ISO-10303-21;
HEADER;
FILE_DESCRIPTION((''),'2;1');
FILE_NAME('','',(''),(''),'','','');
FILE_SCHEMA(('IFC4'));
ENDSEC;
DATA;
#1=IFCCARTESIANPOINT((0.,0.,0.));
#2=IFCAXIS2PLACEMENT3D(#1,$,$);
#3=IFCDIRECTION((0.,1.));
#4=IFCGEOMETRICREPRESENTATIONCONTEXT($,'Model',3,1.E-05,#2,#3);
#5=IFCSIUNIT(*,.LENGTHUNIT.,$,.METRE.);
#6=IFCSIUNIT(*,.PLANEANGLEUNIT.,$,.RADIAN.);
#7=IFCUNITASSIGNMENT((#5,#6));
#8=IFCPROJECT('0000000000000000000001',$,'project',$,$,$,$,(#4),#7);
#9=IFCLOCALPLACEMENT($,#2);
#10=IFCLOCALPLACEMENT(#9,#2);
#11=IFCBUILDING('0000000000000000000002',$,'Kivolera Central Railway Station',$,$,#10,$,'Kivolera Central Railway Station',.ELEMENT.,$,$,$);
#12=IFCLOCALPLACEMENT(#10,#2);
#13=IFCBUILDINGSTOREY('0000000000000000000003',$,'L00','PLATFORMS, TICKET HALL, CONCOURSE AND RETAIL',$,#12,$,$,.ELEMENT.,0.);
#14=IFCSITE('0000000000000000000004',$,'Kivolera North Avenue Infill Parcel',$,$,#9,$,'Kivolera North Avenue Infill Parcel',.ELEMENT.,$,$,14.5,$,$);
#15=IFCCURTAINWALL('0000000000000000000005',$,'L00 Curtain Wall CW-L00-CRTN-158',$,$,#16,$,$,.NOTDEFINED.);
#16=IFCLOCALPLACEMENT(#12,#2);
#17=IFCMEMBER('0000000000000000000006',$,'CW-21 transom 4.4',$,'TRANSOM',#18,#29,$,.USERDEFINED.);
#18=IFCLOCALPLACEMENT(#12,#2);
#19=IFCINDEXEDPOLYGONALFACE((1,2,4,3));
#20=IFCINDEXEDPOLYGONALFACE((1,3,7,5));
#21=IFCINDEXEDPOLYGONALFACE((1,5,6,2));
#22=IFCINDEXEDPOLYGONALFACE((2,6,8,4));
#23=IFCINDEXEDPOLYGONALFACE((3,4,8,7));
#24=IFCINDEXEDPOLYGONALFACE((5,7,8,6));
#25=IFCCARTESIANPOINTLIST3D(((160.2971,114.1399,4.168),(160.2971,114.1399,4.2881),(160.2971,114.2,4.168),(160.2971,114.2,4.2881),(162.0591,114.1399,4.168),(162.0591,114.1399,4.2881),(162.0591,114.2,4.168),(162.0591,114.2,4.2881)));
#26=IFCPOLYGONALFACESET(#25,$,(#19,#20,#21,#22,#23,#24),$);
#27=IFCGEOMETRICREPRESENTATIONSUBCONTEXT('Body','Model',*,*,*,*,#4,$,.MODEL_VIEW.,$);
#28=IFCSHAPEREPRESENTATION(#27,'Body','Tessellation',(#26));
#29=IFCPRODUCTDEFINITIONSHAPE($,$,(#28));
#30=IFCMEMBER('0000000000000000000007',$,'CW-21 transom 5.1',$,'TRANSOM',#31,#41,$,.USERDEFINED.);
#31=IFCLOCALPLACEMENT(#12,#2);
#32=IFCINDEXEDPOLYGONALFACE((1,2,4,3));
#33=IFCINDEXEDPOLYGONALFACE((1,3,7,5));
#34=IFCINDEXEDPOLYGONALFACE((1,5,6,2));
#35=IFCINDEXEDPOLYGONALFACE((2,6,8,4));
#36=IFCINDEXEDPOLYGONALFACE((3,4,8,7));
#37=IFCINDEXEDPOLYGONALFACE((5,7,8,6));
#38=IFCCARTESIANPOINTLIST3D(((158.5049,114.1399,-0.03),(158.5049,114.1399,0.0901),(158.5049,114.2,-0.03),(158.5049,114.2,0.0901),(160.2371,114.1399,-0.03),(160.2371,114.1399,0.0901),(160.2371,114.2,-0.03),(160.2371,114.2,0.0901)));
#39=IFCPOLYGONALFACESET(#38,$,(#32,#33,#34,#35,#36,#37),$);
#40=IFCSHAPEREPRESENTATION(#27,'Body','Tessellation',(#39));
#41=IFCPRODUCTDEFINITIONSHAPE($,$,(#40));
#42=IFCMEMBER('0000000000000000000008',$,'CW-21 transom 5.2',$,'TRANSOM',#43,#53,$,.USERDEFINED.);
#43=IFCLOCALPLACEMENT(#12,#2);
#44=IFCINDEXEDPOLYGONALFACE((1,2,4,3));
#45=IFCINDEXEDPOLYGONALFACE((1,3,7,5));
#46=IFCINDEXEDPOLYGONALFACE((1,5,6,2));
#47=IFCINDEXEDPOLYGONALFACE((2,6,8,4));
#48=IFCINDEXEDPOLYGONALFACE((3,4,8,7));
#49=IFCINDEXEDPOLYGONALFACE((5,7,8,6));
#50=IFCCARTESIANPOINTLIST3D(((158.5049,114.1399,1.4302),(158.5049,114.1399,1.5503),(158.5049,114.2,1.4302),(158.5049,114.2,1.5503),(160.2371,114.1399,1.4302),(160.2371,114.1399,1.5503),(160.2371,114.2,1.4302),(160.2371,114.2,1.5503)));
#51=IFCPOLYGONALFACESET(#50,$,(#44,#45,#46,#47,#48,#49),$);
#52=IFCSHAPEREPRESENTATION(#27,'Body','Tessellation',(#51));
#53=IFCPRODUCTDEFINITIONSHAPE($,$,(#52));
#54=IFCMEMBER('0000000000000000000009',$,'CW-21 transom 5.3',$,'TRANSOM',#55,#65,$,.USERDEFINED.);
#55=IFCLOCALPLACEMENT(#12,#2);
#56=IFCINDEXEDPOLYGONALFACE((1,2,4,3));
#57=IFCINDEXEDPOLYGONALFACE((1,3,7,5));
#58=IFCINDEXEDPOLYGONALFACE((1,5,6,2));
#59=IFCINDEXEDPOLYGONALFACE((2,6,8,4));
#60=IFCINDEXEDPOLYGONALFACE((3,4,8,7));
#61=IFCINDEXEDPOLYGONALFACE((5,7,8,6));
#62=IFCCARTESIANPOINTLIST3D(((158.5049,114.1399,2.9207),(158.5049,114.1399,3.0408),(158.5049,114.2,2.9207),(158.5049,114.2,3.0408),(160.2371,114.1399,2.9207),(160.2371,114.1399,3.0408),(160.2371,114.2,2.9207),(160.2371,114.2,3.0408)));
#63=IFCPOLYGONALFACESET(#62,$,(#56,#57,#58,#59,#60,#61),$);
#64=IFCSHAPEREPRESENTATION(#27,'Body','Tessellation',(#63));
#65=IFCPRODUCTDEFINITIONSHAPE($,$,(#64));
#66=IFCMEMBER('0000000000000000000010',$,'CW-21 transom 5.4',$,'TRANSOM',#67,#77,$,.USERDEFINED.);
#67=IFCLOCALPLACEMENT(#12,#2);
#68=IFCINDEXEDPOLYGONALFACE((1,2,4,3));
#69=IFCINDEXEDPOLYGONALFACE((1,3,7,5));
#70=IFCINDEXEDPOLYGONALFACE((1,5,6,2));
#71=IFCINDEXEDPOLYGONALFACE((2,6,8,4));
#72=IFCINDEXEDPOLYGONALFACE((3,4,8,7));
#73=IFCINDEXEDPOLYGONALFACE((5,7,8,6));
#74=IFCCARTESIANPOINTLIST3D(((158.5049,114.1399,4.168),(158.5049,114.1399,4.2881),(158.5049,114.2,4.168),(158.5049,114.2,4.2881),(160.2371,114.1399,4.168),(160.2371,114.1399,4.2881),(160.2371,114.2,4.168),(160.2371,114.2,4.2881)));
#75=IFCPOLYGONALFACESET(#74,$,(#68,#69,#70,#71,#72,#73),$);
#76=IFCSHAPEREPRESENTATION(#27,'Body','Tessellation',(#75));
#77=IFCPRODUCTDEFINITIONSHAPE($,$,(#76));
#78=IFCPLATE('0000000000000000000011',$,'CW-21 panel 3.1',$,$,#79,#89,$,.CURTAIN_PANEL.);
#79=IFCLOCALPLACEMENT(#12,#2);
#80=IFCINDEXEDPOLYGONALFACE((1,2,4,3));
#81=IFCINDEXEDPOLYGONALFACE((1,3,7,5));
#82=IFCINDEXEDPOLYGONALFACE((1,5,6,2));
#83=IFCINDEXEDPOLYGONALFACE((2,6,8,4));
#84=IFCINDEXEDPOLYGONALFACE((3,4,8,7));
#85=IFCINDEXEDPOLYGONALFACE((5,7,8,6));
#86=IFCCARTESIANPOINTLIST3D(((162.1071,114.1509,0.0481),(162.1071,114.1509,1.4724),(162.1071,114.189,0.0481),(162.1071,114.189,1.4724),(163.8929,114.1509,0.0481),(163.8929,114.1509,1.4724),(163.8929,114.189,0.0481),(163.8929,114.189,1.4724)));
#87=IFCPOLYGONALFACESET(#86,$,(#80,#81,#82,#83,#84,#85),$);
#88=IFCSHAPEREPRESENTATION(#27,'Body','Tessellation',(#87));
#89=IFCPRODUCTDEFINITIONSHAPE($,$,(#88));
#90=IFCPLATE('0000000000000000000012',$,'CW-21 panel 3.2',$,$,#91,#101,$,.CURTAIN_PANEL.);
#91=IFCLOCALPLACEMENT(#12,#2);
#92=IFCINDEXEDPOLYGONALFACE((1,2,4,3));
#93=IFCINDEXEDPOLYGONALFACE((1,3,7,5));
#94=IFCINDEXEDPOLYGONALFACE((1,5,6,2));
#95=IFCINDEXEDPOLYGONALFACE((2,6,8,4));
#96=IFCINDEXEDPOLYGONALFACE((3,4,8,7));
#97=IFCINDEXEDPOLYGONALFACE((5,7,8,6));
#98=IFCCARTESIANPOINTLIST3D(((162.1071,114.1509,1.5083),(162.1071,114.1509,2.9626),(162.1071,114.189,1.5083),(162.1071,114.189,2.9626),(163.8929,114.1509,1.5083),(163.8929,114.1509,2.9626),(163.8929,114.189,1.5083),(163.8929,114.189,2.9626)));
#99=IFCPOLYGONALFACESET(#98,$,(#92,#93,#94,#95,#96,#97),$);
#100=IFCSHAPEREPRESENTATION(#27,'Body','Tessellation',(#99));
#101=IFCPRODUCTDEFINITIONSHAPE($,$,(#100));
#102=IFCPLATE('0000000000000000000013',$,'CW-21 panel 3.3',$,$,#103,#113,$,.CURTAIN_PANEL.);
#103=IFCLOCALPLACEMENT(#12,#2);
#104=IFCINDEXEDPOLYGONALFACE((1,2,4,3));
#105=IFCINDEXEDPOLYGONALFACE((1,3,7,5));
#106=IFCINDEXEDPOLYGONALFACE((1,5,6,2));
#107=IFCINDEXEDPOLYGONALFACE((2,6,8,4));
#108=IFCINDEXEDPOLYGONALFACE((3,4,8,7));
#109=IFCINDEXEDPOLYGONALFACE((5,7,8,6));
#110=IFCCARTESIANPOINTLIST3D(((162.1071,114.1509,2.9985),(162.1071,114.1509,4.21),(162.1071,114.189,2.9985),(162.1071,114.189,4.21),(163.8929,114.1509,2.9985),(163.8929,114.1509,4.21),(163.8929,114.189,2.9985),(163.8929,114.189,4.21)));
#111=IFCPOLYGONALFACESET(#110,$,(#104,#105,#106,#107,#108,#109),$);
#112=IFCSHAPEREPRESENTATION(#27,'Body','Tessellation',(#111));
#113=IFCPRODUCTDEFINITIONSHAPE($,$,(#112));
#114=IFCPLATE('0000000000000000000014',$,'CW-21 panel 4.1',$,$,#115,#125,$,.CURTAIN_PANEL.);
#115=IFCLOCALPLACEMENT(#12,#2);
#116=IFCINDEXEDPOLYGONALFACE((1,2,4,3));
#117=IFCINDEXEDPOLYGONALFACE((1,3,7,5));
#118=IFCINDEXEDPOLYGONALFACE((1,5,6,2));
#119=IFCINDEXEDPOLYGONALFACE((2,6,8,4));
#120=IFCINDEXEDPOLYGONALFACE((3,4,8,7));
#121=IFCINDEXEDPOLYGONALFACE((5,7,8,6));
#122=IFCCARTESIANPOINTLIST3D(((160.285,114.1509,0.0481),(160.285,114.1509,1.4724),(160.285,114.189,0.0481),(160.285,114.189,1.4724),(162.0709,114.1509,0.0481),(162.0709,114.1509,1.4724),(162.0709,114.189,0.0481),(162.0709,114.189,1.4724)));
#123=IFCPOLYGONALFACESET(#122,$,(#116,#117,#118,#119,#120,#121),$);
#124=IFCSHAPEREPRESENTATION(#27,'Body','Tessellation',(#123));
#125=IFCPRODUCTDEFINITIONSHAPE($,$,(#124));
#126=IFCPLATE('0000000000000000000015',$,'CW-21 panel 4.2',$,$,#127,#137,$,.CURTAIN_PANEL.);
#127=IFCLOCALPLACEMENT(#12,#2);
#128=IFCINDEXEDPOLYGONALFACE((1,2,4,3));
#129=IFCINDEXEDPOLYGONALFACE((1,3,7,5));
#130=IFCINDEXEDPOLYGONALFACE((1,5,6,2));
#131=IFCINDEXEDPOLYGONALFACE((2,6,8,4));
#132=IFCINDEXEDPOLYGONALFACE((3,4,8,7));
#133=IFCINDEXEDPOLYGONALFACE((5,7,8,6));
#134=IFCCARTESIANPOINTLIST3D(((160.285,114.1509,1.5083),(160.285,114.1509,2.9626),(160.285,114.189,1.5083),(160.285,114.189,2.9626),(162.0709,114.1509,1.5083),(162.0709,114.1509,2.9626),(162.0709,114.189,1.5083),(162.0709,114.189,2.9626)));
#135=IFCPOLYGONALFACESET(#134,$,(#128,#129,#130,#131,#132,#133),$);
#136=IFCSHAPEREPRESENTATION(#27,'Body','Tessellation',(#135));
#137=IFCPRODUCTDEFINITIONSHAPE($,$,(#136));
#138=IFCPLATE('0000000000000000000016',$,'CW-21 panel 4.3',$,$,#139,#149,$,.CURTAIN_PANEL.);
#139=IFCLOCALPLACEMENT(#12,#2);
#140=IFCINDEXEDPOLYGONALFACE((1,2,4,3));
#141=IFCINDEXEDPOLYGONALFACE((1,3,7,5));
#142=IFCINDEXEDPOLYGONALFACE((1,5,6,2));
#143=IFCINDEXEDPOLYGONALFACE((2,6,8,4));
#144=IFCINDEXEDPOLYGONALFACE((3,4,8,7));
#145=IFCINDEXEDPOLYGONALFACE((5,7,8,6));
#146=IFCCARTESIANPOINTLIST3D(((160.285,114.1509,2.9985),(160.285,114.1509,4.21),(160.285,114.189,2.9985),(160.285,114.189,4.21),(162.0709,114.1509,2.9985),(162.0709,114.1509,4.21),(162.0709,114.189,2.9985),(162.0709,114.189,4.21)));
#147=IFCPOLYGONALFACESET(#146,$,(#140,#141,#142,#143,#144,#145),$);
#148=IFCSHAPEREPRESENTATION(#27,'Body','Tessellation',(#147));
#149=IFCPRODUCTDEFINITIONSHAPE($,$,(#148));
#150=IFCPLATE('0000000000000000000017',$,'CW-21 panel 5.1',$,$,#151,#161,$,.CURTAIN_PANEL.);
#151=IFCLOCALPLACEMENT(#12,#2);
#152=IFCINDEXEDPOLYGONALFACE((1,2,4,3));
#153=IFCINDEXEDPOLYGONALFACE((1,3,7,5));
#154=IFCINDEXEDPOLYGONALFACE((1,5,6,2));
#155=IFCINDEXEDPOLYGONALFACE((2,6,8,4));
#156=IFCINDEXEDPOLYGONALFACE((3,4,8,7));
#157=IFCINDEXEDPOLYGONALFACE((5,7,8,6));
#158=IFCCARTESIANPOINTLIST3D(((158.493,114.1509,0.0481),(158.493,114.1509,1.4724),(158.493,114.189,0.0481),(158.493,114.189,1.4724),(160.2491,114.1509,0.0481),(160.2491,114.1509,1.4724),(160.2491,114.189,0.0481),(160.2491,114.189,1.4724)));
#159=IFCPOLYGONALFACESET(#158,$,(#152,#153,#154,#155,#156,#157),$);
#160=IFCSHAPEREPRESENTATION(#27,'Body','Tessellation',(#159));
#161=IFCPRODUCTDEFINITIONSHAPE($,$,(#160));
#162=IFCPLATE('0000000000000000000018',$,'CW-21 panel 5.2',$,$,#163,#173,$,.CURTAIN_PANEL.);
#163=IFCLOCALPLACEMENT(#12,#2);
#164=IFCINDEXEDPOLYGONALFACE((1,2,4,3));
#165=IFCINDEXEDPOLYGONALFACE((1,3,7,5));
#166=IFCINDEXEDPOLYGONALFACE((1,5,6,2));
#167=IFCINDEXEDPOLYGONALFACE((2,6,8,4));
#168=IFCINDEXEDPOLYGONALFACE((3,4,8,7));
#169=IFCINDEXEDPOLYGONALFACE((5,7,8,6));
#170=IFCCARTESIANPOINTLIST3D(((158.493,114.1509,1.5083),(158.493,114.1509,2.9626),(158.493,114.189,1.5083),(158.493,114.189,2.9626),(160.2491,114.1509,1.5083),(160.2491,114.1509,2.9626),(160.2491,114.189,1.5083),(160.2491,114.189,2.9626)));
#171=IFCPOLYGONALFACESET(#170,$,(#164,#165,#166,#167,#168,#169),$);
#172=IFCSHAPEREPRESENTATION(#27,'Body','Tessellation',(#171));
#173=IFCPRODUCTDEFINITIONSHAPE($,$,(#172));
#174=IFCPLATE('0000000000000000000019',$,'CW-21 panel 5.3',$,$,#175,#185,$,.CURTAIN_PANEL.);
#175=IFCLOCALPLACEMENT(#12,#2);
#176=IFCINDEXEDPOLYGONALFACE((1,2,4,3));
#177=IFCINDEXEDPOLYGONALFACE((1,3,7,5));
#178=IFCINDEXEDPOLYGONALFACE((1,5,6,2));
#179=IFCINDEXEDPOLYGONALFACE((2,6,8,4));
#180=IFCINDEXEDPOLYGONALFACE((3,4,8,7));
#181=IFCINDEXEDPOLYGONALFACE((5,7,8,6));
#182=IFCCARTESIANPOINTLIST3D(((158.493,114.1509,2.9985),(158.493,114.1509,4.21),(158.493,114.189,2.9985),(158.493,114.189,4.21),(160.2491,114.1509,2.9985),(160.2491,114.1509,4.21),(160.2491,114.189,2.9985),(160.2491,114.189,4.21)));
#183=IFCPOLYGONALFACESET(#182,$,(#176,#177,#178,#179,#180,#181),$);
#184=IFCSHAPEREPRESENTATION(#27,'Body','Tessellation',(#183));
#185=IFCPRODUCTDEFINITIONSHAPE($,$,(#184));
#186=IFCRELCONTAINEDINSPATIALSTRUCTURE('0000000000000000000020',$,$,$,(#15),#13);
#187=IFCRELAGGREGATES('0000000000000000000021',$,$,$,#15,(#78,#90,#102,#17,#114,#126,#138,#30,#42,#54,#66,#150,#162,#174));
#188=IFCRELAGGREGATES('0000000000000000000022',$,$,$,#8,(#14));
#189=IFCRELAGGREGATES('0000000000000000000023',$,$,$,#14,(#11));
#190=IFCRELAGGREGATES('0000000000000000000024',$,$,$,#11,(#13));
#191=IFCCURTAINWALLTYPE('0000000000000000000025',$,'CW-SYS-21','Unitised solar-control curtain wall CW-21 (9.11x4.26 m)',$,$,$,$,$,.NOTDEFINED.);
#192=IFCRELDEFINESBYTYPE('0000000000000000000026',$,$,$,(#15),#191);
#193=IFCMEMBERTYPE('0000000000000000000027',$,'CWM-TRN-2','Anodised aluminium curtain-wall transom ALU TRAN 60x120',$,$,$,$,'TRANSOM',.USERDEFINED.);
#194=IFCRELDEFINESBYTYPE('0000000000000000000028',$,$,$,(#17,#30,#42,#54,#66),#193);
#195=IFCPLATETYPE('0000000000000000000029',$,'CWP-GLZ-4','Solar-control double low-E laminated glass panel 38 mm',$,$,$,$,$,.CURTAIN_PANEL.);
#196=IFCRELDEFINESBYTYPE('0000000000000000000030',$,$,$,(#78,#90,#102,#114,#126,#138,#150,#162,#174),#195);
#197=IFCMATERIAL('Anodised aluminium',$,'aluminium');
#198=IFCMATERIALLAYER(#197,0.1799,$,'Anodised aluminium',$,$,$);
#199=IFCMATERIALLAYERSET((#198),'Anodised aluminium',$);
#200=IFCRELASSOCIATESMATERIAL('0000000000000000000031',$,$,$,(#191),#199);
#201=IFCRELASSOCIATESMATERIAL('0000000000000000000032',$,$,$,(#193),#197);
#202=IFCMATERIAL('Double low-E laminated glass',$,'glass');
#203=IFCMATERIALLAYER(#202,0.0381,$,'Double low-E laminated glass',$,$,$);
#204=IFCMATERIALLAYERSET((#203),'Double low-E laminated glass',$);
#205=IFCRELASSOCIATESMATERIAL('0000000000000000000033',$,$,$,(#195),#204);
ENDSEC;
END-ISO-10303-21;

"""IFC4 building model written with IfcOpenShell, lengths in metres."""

from ifc_helpers import new_model, si_unit, direction, frame, origin, origin_2d, place, context, subcontext, project, spatial, rectangle, extrude, material, layer, layer_set, material_profile, profile_set, type_object, element, aggregate, save


model = new_model("IFC4")

# Units and contexts
model_context = context("Model", 3, precision=1e-05, world=origin(), true_north=direction((0.0, 1.0)))
body_context = subcontext(model_context, "Body", "Model", "MODEL_VIEW")
ifc_project = project(units=[si_unit("LENGTHUNIT", "METRE"), si_unit("PLANEANGLEUNIT", "RADIAN")], contexts=[model_context])

# Site, building, storey
site_placement = place(None, origin())
site = spatial("IfcSite", under=ifc_project, at=site_placement, Name="Kivolera North Avenue Infill Parcel", LongName="Kivolera North Avenue Infill Parcel", CompositionType="ELEMENT", RefElevation=14.5)
building_placement = place(site_placement, origin())
building = spatial("IfcBuilding", under=site, at=building_placement, Name="Kivolera Central Railway Station", LongName="Kivolera Central Railway Station", CompositionType="ELEMENT")
storey_placement = place(building_placement, origin())
storey = spatial("IfcBuildingStorey", under=building, at=storey_placement, Name="L00", Description="PLATFORMS, TICKET HALL, CONCOURSE AND RETAIL", CompositionType="ELEMENT", Elevation=0.0)

# Curtain wall, members, plates
ifc_material_1 = material(Name="Anodised aluminium", Category="aluminium")
ifc_layer_1 = layer(ifc_material_1, 0.1799, Name="Anodised aluminium")
ifc_layer_set_1 = layer_set([ifc_layer_1], Name="Anodised aluminium")
curtain_wall_type = type_object("IfcCurtainWallType", Name="CW-SYS-21", Description="Unitised solar-control curtain wall CW-21 (9.11x4.26 m)", PredefinedType="NOTDEFINED", material=ifc_layer_set_1)
curtain_wall_placement = place(storey_placement, origin())
curtain_wall = element("IfcCurtainWall", 1, at=curtain_wall_placement, inside=storey, type_object=curtain_wall_type, Name="L00 Curtain Wall CW-L00-CRTN-158", PredefinedType="NOTDEFINED")
ifc_material_profile_1 = material_profile(ifc_material_1, rectangle(XDim=0.0601, YDim=0.1201, at=origin_2d()), Name="ALU TRAN 60x120")
ifc_profile_set_1 = profile_set([ifc_material_profile_1], Name="Anodised aluminium")
member_type_1 = type_object("IfcMemberType", Name="CWM-TRN-2", Description="Anodised aluminium curtain-wall transom ALU TRAN 60x120", ElementType="TRANSOM", PredefinedType="USERDEFINED", material=ifc_profile_set_1)
member_1_placement = place(storey_placement, frame((162.0591, 114.1699, 4.228), z_axis=(-1.0, 0.0, 0.0), x_axis=(0.0, -1.0, 0.0)))
member_1 = element("IfcMember", 2, at=member_1_placement, type_object=member_type_1, Name="CW-21 transom 4.4", ObjectType="TRANSOM", PredefinedType="USERDEFINED", context=body_context, shape_type="SweptSolid", body=[
    extrude(rectangle(XDim=0.0601, YDim=0.1201, at=origin_2d()), origin(), (0.0, 0.0, 1.0), 1.762),
])
member_2_placement = place(storey_placement, frame((160.2371, 114.1699, 0.03), z_axis=(-1.0, 0.0, 0.0), x_axis=(0.0, -1.0, 0.0)))
member_2 = element("IfcMember", 3, at=member_2_placement, type_object=member_type_1, Name="CW-21 transom 5.1", ObjectType="TRANSOM", PredefinedType="USERDEFINED", context=body_context, shape_type="SweptSolid", body=[
    extrude(rectangle(XDim=0.0601, YDim=0.1201, at=origin_2d()), origin(), (0.0, 0.0, 1.0), 1.7322),
])
member_3_placement = place(storey_placement, frame((160.2371, 114.1699, 1.4902), z_axis=(-1.0, 0.0, 0.0), x_axis=(0.0, -1.0, 0.0)))
member_3 = element("IfcMember", 4, at=member_3_placement, type_object=member_type_1, Name="CW-21 transom 5.2", ObjectType="TRANSOM", PredefinedType="USERDEFINED", context=body_context, shape_type="SweptSolid", body=[
    extrude(rectangle(XDim=0.0601, YDim=0.1201, at=origin_2d()), origin(), (0.0, 0.0, 1.0), 1.7322),
])
member_4_placement = place(storey_placement, frame((160.2371, 114.1699, 2.9807), z_axis=(-1.0, 0.0, 0.0), x_axis=(0.0, -1.0, 0.0)))
member_4 = element("IfcMember", 5, at=member_4_placement, type_object=member_type_1, Name="CW-21 transom 5.3", ObjectType="TRANSOM", PredefinedType="USERDEFINED", context=body_context, shape_type="SweptSolid", body=[
    extrude(rectangle(XDim=0.0601, YDim=0.1201, at=origin_2d()), origin(), (0.0, 0.0, 1.0), 1.7322),
])
member_5_placement = place(storey_placement, frame((160.2371, 114.1699, 4.228), z_axis=(-1.0, 0.0, 0.0), x_axis=(0.0, -1.0, 0.0)))
member_5 = element("IfcMember", 6, at=member_5_placement, type_object=member_type_1, Name="CW-21 transom 5.4", ObjectType="TRANSOM", PredefinedType="USERDEFINED", context=body_context, shape_type="SweptSolid", body=[
    extrude(rectangle(XDim=0.0601, YDim=0.1201, at=origin_2d()), origin(), (0.0, 0.0, 1.0), 1.7322),
])
ifc_material_2 = material(Name="Double low-E laminated glass", Category="glass")
ifc_layer_2 = layer(ifc_material_2, 0.0381, Name="Double low-E laminated glass")
ifc_layer_set_2 = layer_set([ifc_layer_2], Name="Double low-E laminated glass")
plate_type = type_object("IfcPlateType", Name="CWP-GLZ-4", Description="Solar-control double low-E laminated glass panel 38 mm", PredefinedType="CURTAIN_PANEL", material=ifc_layer_set_2)
plate_1_placement = place(storey_placement, frame((163.0, 114.1699, 0.0481), z_axis=(0.0, 0.0, 1.0), x_axis=(-1.0, 0.0, 0.0)))
plate_1 = element("IfcPlate", 7, at=plate_1_placement, type_object=plate_type, Name="CW-21 panel 3.1", PredefinedType="CURTAIN_PANEL", context=body_context, shape_type="SweptSolid", body=[
    extrude(rectangle(XDim=1.7859, YDim=0.0381, at=origin_2d()), origin(), (0.0, 0.0, 1.0), 1.4243),
])
plate_2_placement = place(storey_placement, frame((163.0, 114.1699, 1.5083), z_axis=(0.0, 0.0, 1.0), x_axis=(-1.0, 0.0, 0.0)))
plate_2 = element("IfcPlate", 8, at=plate_2_placement, type_object=plate_type, Name="CW-21 panel 3.2", PredefinedType="CURTAIN_PANEL", context=body_context, shape_type="SweptSolid", body=[
    extrude(rectangle(XDim=1.7859, YDim=0.0381, at=origin_2d()), origin(), (0.0, 0.0, 1.0), 1.4543),
])
plate_3_placement = place(storey_placement, frame((163.0, 114.1699, 2.9985), z_axis=(0.0, 0.0, 1.0), x_axis=(-1.0, 0.0, 0.0)))
plate_3 = element("IfcPlate", 9, at=plate_3_placement, type_object=plate_type, Name="CW-21 panel 3.3", PredefinedType="CURTAIN_PANEL", context=body_context, shape_type="SweptSolid", body=[
    extrude(rectangle(XDim=1.7859, YDim=0.0381, at=origin_2d()), origin(), (0.0, 0.0, 1.0), 1.2114),
])
plate_4_placement = place(storey_placement, frame((161.178, 114.1699, 0.0481), z_axis=(0.0, 0.0, 1.0), x_axis=(-1.0, 0.0, 0.0)))
plate_4 = element("IfcPlate", 10, at=plate_4_placement, type_object=plate_type, Name="CW-21 panel 4.1", PredefinedType="CURTAIN_PANEL", context=body_context, shape_type="SweptSolid", body=[
    extrude(rectangle(XDim=1.7859, YDim=0.0381, at=origin_2d()), origin(), (0.0, 0.0, 1.0), 1.4243),
])
plate_5_placement = place(storey_placement, frame((161.178, 114.1699, 1.5083), z_axis=(0.0, 0.0, 1.0), x_axis=(-1.0, 0.0, 0.0)))
plate_5 = element("IfcPlate", 11, at=plate_5_placement, type_object=plate_type, Name="CW-21 panel 4.2", PredefinedType="CURTAIN_PANEL", context=body_context, shape_type="SweptSolid", body=[
    extrude(rectangle(XDim=1.7859, YDim=0.0381, at=origin_2d()), origin(), (0.0, 0.0, 1.0), 1.4543),
])
plate_6_placement = place(storey_placement, frame((161.178, 114.1699, 2.9985), z_axis=(0.0, 0.0, 1.0), x_axis=(-1.0, 0.0, 0.0)))
plate_6 = element("IfcPlate", 12, at=plate_6_placement, type_object=plate_type, Name="CW-21 panel 4.3", PredefinedType="CURTAIN_PANEL", context=body_context, shape_type="SweptSolid", body=[
    extrude(rectangle(XDim=1.7859, YDim=0.0381, at=origin_2d()), origin(), (0.0, 0.0, 1.0), 1.2114),
])
plate_7_placement = place(storey_placement, frame((159.3711, 114.1699, 0.0481), z_axis=(0.0, 0.0, 1.0), x_axis=(-1.0, 0.0, 0.0)))
plate_7 = element("IfcPlate", 13, at=plate_7_placement, type_object=plate_type, Name="CW-21 panel 5.1", PredefinedType="CURTAIN_PANEL", context=body_context, shape_type="SweptSolid", body=[
    extrude(rectangle(XDim=1.7561, YDim=0.0381, at=origin_2d()), origin(), (0.0, 0.0, 1.0), 1.4243),
])
plate_8_placement = place(storey_placement, frame((159.3711, 114.1699, 1.5083), z_axis=(0.0, 0.0, 1.0), x_axis=(-1.0, 0.0, 0.0)))
plate_8 = element("IfcPlate", 14, at=plate_8_placement, type_object=plate_type, Name="CW-21 panel 5.2", PredefinedType="CURTAIN_PANEL", context=body_context, shape_type="SweptSolid", body=[
    extrude(rectangle(XDim=1.7561, YDim=0.0381, at=origin_2d()), origin(), (0.0, 0.0, 1.0), 1.4543),
])
plate_9_placement = place(storey_placement, frame((159.3711, 114.1699, 2.9985), z_axis=(0.0, 0.0, 1.0), x_axis=(-1.0, 0.0, 0.0)))
plate_9 = element("IfcPlate", 15, at=plate_9_placement, type_object=plate_type, Name="CW-21 panel 5.3", PredefinedType="CURTAIN_PANEL", context=body_context, shape_type="SweptSolid", body=[
    extrude(rectangle(XDim=1.7561, YDim=0.0381, at=origin_2d()), origin(), (0.0, 0.0, 1.0), 1.2114),
])
aggregate(curtain_wall, [plate_1, plate_2, plate_3, member_1, plate_4, plate_5, plate_6, member_2, member_3, member_4, member_5, plate_7, plate_8, plate_9])

save(model, "model.ifc")
